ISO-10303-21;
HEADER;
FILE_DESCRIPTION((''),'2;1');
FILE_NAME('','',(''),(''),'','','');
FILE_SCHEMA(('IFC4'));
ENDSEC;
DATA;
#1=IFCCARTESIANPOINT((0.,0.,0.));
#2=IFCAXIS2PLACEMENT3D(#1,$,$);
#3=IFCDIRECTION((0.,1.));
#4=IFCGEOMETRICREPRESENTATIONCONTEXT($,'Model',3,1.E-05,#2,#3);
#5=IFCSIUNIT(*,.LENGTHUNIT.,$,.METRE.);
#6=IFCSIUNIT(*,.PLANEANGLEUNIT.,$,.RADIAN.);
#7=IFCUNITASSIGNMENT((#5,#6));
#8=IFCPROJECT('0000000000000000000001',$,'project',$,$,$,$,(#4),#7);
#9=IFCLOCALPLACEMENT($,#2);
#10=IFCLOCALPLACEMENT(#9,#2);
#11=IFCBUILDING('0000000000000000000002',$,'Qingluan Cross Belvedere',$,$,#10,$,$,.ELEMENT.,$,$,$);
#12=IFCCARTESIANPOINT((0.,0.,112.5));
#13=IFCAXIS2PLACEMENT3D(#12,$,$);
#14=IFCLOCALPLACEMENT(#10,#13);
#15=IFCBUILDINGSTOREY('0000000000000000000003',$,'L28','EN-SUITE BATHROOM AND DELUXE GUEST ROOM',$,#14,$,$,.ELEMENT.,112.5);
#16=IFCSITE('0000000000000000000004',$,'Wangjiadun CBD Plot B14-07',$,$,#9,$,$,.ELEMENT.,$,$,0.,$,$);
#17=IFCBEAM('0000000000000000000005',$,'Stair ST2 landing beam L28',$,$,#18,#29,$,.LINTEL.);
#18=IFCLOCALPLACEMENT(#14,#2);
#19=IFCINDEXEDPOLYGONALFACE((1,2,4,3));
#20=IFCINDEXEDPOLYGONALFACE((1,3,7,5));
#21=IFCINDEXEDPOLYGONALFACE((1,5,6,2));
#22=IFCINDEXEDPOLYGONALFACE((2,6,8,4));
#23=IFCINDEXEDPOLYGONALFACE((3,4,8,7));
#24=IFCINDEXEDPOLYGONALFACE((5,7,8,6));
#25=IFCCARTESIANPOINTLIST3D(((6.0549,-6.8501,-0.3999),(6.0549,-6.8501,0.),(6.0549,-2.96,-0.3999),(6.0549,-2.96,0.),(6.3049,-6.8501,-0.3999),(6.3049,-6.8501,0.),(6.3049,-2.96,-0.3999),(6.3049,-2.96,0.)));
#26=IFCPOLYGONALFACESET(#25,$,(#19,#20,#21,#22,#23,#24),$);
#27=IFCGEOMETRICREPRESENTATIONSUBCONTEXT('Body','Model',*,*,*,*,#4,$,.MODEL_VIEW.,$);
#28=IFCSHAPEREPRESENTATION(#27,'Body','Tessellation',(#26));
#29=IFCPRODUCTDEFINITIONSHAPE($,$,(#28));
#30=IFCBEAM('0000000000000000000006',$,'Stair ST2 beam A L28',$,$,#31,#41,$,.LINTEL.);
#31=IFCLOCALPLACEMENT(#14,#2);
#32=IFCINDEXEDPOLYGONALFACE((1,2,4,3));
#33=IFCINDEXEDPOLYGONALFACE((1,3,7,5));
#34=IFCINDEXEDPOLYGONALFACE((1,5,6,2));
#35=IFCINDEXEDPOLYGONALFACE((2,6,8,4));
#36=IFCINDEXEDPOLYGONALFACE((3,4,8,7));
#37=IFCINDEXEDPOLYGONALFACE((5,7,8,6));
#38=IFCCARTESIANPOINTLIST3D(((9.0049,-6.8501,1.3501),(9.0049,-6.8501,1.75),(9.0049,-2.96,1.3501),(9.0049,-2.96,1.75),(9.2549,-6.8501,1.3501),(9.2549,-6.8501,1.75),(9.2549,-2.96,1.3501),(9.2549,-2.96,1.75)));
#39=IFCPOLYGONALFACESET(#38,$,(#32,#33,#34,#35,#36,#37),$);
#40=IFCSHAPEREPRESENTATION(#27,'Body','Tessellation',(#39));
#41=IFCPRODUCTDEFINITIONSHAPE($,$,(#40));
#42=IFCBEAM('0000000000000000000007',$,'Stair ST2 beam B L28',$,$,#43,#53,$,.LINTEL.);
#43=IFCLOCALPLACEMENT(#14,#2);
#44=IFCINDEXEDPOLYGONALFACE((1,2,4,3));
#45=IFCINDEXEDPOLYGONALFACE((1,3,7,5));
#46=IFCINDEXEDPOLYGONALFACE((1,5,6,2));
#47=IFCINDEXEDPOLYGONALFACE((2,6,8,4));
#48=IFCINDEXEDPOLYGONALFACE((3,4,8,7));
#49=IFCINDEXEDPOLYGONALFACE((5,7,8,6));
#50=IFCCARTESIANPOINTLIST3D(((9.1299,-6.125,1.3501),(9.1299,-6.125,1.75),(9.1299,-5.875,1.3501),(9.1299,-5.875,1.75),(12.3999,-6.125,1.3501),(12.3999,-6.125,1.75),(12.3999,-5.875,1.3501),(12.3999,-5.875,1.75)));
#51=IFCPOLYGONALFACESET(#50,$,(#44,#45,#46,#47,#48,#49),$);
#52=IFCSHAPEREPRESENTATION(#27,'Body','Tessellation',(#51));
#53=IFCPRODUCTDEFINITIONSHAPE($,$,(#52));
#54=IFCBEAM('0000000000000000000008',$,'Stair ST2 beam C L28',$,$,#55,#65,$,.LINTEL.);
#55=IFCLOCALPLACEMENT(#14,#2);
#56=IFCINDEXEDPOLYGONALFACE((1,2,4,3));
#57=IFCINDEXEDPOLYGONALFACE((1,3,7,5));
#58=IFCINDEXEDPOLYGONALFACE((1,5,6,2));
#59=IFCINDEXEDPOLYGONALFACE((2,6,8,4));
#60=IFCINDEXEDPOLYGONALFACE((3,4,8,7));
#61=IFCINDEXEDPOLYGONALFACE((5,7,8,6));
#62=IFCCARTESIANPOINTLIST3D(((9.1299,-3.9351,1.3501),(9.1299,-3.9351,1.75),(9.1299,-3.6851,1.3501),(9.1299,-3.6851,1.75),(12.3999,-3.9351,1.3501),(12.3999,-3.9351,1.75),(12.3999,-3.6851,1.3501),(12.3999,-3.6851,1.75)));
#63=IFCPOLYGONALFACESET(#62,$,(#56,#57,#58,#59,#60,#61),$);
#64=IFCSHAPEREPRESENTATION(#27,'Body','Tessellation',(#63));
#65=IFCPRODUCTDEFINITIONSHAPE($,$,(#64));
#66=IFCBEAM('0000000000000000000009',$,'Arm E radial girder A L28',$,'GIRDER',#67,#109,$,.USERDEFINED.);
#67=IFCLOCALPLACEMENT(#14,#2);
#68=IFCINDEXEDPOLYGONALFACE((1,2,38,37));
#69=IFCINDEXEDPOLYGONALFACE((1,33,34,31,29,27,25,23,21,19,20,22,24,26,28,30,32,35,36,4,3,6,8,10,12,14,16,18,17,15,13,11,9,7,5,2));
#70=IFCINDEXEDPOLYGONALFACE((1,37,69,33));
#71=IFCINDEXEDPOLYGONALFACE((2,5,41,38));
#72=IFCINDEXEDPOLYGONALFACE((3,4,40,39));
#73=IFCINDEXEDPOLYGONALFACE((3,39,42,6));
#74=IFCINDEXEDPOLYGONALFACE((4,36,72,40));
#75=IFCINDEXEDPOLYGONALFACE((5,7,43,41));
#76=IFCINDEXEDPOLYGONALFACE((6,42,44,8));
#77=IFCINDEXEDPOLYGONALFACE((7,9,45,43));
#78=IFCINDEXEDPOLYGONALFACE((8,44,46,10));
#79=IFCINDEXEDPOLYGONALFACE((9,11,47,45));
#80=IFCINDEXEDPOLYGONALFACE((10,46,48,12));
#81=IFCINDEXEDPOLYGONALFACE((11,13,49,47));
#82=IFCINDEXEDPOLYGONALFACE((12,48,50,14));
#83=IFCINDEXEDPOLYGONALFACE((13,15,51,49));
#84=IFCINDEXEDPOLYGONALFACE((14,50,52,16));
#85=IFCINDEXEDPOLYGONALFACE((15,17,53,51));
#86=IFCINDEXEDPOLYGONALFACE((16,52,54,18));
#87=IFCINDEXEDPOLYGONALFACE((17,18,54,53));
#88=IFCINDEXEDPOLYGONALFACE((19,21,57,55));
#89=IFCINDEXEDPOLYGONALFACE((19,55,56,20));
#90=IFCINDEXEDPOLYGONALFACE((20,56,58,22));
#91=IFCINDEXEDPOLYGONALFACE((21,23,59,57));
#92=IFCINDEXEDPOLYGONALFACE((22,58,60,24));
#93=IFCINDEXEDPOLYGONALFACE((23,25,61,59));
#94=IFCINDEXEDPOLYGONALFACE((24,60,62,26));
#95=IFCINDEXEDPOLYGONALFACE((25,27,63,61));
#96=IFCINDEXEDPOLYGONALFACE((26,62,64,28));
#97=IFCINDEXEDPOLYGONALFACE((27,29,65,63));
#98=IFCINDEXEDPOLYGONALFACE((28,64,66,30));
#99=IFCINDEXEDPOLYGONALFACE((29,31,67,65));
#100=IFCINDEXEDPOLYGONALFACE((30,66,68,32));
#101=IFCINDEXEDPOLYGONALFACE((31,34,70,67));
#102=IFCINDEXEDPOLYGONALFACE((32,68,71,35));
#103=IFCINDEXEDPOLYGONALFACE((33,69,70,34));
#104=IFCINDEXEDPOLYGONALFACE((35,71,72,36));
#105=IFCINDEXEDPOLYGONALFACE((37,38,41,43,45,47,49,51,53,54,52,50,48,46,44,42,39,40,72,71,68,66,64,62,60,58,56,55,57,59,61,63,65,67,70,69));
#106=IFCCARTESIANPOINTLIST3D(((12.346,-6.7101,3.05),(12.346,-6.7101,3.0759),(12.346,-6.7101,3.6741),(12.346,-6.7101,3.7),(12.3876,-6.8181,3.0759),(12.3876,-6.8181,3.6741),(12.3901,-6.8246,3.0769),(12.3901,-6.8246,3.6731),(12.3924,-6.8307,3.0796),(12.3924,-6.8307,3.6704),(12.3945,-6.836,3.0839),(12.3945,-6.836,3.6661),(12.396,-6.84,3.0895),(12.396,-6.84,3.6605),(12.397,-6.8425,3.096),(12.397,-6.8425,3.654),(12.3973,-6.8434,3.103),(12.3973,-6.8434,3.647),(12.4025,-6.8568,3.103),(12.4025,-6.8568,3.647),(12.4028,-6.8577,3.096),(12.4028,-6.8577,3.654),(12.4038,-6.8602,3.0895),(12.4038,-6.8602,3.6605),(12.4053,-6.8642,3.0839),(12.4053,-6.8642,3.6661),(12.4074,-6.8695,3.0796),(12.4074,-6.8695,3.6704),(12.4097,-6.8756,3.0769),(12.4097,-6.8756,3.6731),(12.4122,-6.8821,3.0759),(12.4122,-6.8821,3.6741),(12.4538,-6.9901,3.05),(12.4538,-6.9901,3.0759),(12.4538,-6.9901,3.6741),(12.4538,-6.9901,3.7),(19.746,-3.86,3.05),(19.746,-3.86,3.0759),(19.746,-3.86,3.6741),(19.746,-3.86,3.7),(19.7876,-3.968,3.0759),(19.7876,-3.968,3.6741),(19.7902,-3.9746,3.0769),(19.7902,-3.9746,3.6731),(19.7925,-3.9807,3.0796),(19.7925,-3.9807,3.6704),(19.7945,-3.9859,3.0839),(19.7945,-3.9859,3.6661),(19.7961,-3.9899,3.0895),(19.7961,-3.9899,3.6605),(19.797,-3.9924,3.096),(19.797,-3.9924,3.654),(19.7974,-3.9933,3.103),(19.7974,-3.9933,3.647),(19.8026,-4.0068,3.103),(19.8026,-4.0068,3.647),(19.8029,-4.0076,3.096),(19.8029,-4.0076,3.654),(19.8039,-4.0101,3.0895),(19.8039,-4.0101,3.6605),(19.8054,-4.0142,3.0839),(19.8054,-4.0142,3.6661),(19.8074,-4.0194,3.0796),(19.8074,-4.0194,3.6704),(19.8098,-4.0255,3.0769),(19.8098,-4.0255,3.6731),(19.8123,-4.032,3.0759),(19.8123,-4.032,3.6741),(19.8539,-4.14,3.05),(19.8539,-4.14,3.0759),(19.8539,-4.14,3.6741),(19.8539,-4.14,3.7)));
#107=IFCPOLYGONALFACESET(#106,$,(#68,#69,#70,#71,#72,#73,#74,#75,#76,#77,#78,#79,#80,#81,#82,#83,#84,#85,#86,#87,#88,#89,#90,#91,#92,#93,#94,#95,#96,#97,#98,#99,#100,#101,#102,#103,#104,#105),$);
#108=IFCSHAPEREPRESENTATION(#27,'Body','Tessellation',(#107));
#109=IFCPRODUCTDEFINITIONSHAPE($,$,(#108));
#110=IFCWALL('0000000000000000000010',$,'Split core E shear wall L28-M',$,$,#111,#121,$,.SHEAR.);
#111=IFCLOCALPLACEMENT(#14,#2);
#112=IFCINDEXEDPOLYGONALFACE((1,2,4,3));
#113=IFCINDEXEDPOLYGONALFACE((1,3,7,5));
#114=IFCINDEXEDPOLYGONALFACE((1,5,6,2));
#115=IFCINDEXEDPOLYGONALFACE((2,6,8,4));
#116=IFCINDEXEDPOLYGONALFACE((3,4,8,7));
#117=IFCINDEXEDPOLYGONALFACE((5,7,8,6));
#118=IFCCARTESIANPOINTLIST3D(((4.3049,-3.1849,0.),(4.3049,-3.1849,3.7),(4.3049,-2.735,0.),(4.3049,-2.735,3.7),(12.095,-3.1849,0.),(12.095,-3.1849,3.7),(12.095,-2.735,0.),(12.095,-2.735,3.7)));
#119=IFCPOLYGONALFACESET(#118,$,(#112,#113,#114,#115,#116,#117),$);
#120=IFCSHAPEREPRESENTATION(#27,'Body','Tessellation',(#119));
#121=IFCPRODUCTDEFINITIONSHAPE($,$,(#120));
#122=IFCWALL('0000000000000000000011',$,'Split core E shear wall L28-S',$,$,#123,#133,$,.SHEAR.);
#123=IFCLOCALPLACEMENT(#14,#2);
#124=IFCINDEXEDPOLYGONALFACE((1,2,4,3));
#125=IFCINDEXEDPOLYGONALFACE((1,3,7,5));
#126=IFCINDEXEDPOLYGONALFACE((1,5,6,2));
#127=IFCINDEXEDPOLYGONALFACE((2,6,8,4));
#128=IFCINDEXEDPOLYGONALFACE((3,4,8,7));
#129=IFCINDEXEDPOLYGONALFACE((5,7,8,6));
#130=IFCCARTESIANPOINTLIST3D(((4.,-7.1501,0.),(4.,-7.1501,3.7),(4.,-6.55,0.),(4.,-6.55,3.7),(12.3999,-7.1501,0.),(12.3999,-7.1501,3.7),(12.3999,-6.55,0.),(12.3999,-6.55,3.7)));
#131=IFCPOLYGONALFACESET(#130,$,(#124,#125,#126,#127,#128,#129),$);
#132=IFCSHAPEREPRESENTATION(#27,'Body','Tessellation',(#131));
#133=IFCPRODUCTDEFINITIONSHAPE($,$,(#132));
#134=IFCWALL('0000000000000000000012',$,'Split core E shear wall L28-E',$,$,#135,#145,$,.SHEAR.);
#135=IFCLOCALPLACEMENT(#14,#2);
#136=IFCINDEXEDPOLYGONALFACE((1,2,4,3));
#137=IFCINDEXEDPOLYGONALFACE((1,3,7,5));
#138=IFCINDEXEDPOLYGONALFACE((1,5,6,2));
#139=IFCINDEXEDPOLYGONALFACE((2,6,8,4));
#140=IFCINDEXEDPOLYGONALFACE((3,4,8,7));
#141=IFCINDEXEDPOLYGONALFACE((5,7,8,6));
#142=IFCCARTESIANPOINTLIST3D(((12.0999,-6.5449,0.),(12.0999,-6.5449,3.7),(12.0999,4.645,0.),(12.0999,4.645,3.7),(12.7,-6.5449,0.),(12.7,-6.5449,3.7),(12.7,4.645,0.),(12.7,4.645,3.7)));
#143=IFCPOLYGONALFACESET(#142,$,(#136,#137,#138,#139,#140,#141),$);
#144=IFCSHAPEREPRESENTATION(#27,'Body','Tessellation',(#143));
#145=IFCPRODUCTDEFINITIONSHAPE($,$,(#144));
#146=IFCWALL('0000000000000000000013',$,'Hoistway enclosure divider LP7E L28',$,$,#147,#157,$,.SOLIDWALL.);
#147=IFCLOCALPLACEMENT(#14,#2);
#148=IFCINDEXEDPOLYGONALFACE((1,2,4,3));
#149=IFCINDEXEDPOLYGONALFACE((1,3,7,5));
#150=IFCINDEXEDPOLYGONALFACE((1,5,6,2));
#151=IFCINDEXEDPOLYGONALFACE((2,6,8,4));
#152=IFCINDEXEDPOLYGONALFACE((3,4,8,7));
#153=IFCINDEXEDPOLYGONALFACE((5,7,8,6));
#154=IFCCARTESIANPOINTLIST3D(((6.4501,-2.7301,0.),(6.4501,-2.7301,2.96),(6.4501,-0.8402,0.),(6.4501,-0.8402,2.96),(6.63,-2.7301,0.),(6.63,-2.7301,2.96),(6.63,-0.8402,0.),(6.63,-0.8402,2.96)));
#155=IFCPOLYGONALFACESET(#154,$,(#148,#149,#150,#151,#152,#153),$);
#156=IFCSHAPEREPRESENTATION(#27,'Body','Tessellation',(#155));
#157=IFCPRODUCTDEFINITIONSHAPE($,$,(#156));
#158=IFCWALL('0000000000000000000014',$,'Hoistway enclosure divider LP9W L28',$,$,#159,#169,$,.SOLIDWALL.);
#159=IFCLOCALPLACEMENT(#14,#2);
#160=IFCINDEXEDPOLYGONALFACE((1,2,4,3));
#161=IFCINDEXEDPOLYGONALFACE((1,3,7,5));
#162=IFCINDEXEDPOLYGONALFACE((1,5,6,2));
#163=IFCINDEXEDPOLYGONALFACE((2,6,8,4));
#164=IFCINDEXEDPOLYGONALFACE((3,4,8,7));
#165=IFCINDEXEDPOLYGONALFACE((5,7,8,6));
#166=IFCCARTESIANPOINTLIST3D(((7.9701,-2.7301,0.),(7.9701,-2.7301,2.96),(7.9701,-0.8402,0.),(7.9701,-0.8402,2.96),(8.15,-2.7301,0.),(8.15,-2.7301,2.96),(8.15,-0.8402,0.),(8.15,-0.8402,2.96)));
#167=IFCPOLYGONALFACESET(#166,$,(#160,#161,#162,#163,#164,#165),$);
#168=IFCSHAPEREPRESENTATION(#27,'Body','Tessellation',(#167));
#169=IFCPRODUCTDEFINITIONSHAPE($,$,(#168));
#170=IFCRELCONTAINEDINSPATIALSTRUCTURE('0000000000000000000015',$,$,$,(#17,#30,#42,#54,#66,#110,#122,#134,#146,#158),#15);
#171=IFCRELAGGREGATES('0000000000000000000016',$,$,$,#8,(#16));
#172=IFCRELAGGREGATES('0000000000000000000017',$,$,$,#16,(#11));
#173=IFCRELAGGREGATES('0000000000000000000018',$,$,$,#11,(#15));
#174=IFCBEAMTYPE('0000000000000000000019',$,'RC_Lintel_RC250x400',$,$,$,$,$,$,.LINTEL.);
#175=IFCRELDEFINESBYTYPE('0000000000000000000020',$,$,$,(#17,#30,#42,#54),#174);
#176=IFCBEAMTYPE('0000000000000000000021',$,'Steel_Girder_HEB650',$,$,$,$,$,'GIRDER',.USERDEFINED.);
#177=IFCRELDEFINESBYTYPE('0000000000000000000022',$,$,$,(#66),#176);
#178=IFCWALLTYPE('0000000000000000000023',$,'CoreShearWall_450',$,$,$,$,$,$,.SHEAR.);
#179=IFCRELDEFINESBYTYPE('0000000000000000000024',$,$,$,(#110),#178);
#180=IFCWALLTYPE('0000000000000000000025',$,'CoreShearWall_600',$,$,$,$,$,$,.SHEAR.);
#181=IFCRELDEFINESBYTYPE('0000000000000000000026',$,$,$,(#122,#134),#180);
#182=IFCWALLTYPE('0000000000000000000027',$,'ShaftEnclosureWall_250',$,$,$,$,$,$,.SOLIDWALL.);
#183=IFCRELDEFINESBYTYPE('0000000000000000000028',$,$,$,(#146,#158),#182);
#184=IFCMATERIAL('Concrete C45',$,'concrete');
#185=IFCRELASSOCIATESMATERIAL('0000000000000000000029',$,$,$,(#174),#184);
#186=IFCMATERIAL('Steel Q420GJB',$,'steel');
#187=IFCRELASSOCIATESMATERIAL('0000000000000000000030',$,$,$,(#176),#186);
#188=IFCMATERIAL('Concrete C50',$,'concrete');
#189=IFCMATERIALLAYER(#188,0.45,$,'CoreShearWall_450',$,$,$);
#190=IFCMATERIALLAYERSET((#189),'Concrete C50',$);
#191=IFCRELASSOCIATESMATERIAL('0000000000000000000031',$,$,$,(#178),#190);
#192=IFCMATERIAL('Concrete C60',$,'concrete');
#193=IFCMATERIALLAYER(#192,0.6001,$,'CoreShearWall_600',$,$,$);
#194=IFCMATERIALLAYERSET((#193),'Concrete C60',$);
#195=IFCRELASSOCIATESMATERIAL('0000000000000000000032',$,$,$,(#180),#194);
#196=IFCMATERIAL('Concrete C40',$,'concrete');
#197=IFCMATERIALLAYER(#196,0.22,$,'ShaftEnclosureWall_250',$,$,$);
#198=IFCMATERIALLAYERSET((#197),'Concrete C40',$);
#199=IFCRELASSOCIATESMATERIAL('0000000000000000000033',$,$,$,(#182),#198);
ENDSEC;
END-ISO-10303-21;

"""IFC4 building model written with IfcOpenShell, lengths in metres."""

from ifc_helpers import new_model, si_unit, direction, frame, frame_2d, origin, origin_2d, place, context, subcontext, project, spatial, rectangle, i_section, extrude, material, layer, layer_set, material_profile, profile_set, type_object, element, save


model = new_model("IFC4")

# Units and contexts
model_context = context("Model", 3, precision=1e-05, world=origin(), true_north=direction((0.0, 1.0)))
body_context = subcontext(model_context, "Body", "Model", "MODEL_VIEW")
ifc_project = project(units=[si_unit("LENGTHUNIT", "METRE"), si_unit("PLANEANGLEUNIT", "RADIAN")], contexts=[model_context])

# Site, building, storey
site_placement = place(None, origin())
site = spatial("IfcSite", under=ifc_project, at=site_placement, Name="Wangjiadun CBD Plot B14-07", CompositionType="ELEMENT", RefElevation=0.0)
building_placement = place(site_placement, origin())
building = spatial("IfcBuilding", under=site, at=building_placement, Name="Qingluan Cross Belvedere", CompositionType="ELEMENT")
storey_placement = place(building_placement, frame((0.0, 0.0, 112.5)))
storey = spatial("IfcBuildingStorey", under=building, at=storey_placement, Name="L28", Description="EN-SUITE BATHROOM AND DELUXE GUEST ROOM", CompositionType="ELEMENT", Elevation=112.5)

# Beams
ifc_material_1 = material(Name="Concrete C45", Category="concrete")
ifc_material_profile_1 = material_profile(ifc_material_1, rectangle(XDim=0.25, YDim=0.3999, at=origin_2d()), Name="RC250x400")
ifc_profile_set_1 = profile_set([ifc_material_profile_1], Name="Concrete C45")
beam_type_1 = type_object("IfcBeamType", Name="RC_Lintel_RC250x400", PredefinedType="LINTEL", material=ifc_profile_set_1)
for number, where, z_axis, x_axis, name in (
    (1, (6.1799, -6.8501, -0.2), (0.0, 1.0, 0.0), (-1.0, 0.0, 0.0), "Stair ST2 landing beam L28"),
    (2, (9.1299, -6.8501, 1.55), (0.0, 1.0, 0.0), (-1.0, 0.0, 0.0), "Stair ST2 beam A L28"),
):
    element("IfcBeam", number, at=place(storey_placement, frame(where, z_axis=z_axis, x_axis=x_axis)), inside=storey, type_object=beam_type_1, Name=name, PredefinedType="LINTEL", context=body_context, shape_type="SweptSolid", body=[
        extrude(rectangle(XDim=0.25, YDim=0.3999, at=origin_2d()), origin(), (0.0, 0.0, 1.0), 3.8901),
    ])
for number, where, z_axis, x_axis, name in (
    (3, (12.3999, -6.0, 1.55), (-1.0, 0.0, 0.0), (0.0, -1.0, 0.0), "Stair ST2 beam B L28"),
    (4, (12.3999, -3.8101, 1.55), (-1.0, 0.0, 0.0), (0.0, -1.0, 0.0), "Stair ST2 beam C L28"),
):
    element("IfcBeam", number, at=place(storey_placement, frame(where, z_axis=z_axis, x_axis=x_axis)), inside=storey, type_object=beam_type_1, Name=name, PredefinedType="LINTEL", context=body_context, shape_type="SweptSolid", body=[
        extrude(rectangle(XDim=0.25, YDim=0.3999, at=origin_2d()), origin(), (0.0, 0.0, 1.0), 3.27),
    ])
ifc_material_2 = material(Name="Steel Q420GJB", Category="steel")
ifc_material_profile_2 = material_profile(ifc_material_2, i_section(OverallWidth=0.3, OverallDepth=0.6499, WebThickness=0.0144, FlangeThickness=0.0259, FilletRadius=0.0271, at=origin_2d()), Name="HEB650")
ifc_profile_set_2 = profile_set([ifc_material_profile_2], Name="Steel Q420GJB")
beam_type_2 = type_object("IfcBeamType", Name="Steel_Girder_HEB650", ElementType="GIRDER", PredefinedType="USERDEFINED", material=ifc_profile_set_2)
beam_placement = place(storey_placement, frame((12.3999, -6.8501, 3.375), z_axis=(0.933181, 0.359406, 0.0), x_axis=(-0.359406, 0.933181, 0.0)))
element("IfcBeam", 5, at=beam_placement, inside=storey, type_object=beam_type_2, Name="Arm E radial girder A L28", ObjectType="GIRDER", PredefinedType="USERDEFINED", context=body_context, shape_type="SweptSolid", body=[
    extrude(i_section(OverallWidth=0.3, OverallDepth=0.6499, WebThickness=0.0144, FlangeThickness=0.0259, FilletRadius=0.0271, at=origin_2d()), origin(), (0.0, 0.0, 1.0), 7.9299),
])

# Walls
ifc_material_3 = material(Name="Concrete C50", Category="concrete")
ifc_layer_1 = layer(ifc_material_3, 0.45, Name="CoreShearWall_450")
ifc_layer_set_1 = layer_set([ifc_layer_1], Name="Concrete C50")
wall_type_1 = type_object("IfcWallType", Name="CoreShearWall_450", PredefinedType="SHEAR", material=ifc_layer_set_1)
wall_1_placement = place(storey_placement, frame((4.3049, -2.96, 0.0), z_axis=(0.0, 0.0, 1.0), x_axis=(1.0, 0.0, 0.0)))
element("IfcWall", 6, at=wall_1_placement, inside=storey, type_object=wall_type_1, Name="Split core E shear wall L28-M", PredefinedType="SHEAR", context=body_context, shape_type="SweptSolid", body=[
    extrude(rectangle(XDim=7.79, YDim=0.45, at=frame_2d((3.895, 0.0))), origin(), (0.0, 0.0, 1.0), 3.7),
])
ifc_material_4 = material(Name="Concrete C60", Category="concrete")
ifc_layer_2 = layer(ifc_material_4, 0.6001, Name="CoreShearWall_600")
ifc_layer_set_2 = layer_set([ifc_layer_2], Name="Concrete C60")
wall_type_2 = type_object("IfcWallType", Name="CoreShearWall_600", PredefinedType="SHEAR", material=ifc_layer_set_2)
wall_2_placement = place(storey_placement, frame((4.0, -6.8501, 0.0), z_axis=(0.0, 0.0, 1.0), x_axis=(1.0, 0.0, 0.0)))
element("IfcWall", 7, at=wall_2_placement, inside=storey, type_object=wall_type_2, Name="Split core E shear wall L28-S", PredefinedType="SHEAR", context=body_context, shape_type="SweptSolid", body=[
    extrude(rectangle(XDim=8.3999, YDim=0.6001, at=frame_2d((4.2, 0.0))), origin(), (0.0, 0.0, 1.0), 3.7),
])

# Wall
wall_3_placement = place(storey_placement, frame((12.3999, -6.5449, 0.0), z_axis=(0.0, 0.0, 1.0), x_axis=(0.0, 1.0, 0.0)))
element("IfcWall", 8, at=wall_3_placement, inside=storey, type_object=wall_type_2, Name="Split core E shear wall L28-E", PredefinedType="SHEAR", context=body_context, shape_type="SweptSolid", body=[
    extrude(rectangle(XDim=11.1899, YDim=0.6001, at=frame_2d((5.595, 0.0))), origin(), (0.0, 0.0, 1.0), 3.7),
])

# Walls
ifc_material_5 = material(Name="Concrete C40", Category="concrete")
ifc_layer_3 = layer(ifc_material_5, 0.22, Name="ShaftEnclosureWall_250")
ifc_layer_set_3 = layer_set([ifc_layer_3], Name="Concrete C40")
wall_type_3 = type_object("IfcWallType", Name="ShaftEnclosureWall_250", PredefinedType="SOLIDWALL", material=ifc_layer_set_3)
for number, where, z_axis, x_axis, name in (
    (9, (6.54, -2.73, 0.0), (0.0, 0.0, 1.0), (0.0, 1.0, 0.0), "Hoistway enclosure divider LP7E L28"),
    (10, (8.0601, -2.73, 0.0), (0.0, 0.0, 1.0), (0.0, 1.0, 0.0), "Hoistway enclosure divider LP9W L28"),
):
    element("IfcWall", number, at=place(storey_placement, frame(where, z_axis=z_axis, x_axis=x_axis)), inside=storey, type_object=wall_type_3, Name=name, PredefinedType="SOLIDWALL", context=body_context, shape_type="SweptSolid", body=[
        extrude(rectangle(XDim=1.8899, YDim=0.1799, at=frame_2d((0.9448, 0.0))), origin(), (0.0, 0.0, 1.0), 2.96),
    ])

save(model, "model.ifc")
